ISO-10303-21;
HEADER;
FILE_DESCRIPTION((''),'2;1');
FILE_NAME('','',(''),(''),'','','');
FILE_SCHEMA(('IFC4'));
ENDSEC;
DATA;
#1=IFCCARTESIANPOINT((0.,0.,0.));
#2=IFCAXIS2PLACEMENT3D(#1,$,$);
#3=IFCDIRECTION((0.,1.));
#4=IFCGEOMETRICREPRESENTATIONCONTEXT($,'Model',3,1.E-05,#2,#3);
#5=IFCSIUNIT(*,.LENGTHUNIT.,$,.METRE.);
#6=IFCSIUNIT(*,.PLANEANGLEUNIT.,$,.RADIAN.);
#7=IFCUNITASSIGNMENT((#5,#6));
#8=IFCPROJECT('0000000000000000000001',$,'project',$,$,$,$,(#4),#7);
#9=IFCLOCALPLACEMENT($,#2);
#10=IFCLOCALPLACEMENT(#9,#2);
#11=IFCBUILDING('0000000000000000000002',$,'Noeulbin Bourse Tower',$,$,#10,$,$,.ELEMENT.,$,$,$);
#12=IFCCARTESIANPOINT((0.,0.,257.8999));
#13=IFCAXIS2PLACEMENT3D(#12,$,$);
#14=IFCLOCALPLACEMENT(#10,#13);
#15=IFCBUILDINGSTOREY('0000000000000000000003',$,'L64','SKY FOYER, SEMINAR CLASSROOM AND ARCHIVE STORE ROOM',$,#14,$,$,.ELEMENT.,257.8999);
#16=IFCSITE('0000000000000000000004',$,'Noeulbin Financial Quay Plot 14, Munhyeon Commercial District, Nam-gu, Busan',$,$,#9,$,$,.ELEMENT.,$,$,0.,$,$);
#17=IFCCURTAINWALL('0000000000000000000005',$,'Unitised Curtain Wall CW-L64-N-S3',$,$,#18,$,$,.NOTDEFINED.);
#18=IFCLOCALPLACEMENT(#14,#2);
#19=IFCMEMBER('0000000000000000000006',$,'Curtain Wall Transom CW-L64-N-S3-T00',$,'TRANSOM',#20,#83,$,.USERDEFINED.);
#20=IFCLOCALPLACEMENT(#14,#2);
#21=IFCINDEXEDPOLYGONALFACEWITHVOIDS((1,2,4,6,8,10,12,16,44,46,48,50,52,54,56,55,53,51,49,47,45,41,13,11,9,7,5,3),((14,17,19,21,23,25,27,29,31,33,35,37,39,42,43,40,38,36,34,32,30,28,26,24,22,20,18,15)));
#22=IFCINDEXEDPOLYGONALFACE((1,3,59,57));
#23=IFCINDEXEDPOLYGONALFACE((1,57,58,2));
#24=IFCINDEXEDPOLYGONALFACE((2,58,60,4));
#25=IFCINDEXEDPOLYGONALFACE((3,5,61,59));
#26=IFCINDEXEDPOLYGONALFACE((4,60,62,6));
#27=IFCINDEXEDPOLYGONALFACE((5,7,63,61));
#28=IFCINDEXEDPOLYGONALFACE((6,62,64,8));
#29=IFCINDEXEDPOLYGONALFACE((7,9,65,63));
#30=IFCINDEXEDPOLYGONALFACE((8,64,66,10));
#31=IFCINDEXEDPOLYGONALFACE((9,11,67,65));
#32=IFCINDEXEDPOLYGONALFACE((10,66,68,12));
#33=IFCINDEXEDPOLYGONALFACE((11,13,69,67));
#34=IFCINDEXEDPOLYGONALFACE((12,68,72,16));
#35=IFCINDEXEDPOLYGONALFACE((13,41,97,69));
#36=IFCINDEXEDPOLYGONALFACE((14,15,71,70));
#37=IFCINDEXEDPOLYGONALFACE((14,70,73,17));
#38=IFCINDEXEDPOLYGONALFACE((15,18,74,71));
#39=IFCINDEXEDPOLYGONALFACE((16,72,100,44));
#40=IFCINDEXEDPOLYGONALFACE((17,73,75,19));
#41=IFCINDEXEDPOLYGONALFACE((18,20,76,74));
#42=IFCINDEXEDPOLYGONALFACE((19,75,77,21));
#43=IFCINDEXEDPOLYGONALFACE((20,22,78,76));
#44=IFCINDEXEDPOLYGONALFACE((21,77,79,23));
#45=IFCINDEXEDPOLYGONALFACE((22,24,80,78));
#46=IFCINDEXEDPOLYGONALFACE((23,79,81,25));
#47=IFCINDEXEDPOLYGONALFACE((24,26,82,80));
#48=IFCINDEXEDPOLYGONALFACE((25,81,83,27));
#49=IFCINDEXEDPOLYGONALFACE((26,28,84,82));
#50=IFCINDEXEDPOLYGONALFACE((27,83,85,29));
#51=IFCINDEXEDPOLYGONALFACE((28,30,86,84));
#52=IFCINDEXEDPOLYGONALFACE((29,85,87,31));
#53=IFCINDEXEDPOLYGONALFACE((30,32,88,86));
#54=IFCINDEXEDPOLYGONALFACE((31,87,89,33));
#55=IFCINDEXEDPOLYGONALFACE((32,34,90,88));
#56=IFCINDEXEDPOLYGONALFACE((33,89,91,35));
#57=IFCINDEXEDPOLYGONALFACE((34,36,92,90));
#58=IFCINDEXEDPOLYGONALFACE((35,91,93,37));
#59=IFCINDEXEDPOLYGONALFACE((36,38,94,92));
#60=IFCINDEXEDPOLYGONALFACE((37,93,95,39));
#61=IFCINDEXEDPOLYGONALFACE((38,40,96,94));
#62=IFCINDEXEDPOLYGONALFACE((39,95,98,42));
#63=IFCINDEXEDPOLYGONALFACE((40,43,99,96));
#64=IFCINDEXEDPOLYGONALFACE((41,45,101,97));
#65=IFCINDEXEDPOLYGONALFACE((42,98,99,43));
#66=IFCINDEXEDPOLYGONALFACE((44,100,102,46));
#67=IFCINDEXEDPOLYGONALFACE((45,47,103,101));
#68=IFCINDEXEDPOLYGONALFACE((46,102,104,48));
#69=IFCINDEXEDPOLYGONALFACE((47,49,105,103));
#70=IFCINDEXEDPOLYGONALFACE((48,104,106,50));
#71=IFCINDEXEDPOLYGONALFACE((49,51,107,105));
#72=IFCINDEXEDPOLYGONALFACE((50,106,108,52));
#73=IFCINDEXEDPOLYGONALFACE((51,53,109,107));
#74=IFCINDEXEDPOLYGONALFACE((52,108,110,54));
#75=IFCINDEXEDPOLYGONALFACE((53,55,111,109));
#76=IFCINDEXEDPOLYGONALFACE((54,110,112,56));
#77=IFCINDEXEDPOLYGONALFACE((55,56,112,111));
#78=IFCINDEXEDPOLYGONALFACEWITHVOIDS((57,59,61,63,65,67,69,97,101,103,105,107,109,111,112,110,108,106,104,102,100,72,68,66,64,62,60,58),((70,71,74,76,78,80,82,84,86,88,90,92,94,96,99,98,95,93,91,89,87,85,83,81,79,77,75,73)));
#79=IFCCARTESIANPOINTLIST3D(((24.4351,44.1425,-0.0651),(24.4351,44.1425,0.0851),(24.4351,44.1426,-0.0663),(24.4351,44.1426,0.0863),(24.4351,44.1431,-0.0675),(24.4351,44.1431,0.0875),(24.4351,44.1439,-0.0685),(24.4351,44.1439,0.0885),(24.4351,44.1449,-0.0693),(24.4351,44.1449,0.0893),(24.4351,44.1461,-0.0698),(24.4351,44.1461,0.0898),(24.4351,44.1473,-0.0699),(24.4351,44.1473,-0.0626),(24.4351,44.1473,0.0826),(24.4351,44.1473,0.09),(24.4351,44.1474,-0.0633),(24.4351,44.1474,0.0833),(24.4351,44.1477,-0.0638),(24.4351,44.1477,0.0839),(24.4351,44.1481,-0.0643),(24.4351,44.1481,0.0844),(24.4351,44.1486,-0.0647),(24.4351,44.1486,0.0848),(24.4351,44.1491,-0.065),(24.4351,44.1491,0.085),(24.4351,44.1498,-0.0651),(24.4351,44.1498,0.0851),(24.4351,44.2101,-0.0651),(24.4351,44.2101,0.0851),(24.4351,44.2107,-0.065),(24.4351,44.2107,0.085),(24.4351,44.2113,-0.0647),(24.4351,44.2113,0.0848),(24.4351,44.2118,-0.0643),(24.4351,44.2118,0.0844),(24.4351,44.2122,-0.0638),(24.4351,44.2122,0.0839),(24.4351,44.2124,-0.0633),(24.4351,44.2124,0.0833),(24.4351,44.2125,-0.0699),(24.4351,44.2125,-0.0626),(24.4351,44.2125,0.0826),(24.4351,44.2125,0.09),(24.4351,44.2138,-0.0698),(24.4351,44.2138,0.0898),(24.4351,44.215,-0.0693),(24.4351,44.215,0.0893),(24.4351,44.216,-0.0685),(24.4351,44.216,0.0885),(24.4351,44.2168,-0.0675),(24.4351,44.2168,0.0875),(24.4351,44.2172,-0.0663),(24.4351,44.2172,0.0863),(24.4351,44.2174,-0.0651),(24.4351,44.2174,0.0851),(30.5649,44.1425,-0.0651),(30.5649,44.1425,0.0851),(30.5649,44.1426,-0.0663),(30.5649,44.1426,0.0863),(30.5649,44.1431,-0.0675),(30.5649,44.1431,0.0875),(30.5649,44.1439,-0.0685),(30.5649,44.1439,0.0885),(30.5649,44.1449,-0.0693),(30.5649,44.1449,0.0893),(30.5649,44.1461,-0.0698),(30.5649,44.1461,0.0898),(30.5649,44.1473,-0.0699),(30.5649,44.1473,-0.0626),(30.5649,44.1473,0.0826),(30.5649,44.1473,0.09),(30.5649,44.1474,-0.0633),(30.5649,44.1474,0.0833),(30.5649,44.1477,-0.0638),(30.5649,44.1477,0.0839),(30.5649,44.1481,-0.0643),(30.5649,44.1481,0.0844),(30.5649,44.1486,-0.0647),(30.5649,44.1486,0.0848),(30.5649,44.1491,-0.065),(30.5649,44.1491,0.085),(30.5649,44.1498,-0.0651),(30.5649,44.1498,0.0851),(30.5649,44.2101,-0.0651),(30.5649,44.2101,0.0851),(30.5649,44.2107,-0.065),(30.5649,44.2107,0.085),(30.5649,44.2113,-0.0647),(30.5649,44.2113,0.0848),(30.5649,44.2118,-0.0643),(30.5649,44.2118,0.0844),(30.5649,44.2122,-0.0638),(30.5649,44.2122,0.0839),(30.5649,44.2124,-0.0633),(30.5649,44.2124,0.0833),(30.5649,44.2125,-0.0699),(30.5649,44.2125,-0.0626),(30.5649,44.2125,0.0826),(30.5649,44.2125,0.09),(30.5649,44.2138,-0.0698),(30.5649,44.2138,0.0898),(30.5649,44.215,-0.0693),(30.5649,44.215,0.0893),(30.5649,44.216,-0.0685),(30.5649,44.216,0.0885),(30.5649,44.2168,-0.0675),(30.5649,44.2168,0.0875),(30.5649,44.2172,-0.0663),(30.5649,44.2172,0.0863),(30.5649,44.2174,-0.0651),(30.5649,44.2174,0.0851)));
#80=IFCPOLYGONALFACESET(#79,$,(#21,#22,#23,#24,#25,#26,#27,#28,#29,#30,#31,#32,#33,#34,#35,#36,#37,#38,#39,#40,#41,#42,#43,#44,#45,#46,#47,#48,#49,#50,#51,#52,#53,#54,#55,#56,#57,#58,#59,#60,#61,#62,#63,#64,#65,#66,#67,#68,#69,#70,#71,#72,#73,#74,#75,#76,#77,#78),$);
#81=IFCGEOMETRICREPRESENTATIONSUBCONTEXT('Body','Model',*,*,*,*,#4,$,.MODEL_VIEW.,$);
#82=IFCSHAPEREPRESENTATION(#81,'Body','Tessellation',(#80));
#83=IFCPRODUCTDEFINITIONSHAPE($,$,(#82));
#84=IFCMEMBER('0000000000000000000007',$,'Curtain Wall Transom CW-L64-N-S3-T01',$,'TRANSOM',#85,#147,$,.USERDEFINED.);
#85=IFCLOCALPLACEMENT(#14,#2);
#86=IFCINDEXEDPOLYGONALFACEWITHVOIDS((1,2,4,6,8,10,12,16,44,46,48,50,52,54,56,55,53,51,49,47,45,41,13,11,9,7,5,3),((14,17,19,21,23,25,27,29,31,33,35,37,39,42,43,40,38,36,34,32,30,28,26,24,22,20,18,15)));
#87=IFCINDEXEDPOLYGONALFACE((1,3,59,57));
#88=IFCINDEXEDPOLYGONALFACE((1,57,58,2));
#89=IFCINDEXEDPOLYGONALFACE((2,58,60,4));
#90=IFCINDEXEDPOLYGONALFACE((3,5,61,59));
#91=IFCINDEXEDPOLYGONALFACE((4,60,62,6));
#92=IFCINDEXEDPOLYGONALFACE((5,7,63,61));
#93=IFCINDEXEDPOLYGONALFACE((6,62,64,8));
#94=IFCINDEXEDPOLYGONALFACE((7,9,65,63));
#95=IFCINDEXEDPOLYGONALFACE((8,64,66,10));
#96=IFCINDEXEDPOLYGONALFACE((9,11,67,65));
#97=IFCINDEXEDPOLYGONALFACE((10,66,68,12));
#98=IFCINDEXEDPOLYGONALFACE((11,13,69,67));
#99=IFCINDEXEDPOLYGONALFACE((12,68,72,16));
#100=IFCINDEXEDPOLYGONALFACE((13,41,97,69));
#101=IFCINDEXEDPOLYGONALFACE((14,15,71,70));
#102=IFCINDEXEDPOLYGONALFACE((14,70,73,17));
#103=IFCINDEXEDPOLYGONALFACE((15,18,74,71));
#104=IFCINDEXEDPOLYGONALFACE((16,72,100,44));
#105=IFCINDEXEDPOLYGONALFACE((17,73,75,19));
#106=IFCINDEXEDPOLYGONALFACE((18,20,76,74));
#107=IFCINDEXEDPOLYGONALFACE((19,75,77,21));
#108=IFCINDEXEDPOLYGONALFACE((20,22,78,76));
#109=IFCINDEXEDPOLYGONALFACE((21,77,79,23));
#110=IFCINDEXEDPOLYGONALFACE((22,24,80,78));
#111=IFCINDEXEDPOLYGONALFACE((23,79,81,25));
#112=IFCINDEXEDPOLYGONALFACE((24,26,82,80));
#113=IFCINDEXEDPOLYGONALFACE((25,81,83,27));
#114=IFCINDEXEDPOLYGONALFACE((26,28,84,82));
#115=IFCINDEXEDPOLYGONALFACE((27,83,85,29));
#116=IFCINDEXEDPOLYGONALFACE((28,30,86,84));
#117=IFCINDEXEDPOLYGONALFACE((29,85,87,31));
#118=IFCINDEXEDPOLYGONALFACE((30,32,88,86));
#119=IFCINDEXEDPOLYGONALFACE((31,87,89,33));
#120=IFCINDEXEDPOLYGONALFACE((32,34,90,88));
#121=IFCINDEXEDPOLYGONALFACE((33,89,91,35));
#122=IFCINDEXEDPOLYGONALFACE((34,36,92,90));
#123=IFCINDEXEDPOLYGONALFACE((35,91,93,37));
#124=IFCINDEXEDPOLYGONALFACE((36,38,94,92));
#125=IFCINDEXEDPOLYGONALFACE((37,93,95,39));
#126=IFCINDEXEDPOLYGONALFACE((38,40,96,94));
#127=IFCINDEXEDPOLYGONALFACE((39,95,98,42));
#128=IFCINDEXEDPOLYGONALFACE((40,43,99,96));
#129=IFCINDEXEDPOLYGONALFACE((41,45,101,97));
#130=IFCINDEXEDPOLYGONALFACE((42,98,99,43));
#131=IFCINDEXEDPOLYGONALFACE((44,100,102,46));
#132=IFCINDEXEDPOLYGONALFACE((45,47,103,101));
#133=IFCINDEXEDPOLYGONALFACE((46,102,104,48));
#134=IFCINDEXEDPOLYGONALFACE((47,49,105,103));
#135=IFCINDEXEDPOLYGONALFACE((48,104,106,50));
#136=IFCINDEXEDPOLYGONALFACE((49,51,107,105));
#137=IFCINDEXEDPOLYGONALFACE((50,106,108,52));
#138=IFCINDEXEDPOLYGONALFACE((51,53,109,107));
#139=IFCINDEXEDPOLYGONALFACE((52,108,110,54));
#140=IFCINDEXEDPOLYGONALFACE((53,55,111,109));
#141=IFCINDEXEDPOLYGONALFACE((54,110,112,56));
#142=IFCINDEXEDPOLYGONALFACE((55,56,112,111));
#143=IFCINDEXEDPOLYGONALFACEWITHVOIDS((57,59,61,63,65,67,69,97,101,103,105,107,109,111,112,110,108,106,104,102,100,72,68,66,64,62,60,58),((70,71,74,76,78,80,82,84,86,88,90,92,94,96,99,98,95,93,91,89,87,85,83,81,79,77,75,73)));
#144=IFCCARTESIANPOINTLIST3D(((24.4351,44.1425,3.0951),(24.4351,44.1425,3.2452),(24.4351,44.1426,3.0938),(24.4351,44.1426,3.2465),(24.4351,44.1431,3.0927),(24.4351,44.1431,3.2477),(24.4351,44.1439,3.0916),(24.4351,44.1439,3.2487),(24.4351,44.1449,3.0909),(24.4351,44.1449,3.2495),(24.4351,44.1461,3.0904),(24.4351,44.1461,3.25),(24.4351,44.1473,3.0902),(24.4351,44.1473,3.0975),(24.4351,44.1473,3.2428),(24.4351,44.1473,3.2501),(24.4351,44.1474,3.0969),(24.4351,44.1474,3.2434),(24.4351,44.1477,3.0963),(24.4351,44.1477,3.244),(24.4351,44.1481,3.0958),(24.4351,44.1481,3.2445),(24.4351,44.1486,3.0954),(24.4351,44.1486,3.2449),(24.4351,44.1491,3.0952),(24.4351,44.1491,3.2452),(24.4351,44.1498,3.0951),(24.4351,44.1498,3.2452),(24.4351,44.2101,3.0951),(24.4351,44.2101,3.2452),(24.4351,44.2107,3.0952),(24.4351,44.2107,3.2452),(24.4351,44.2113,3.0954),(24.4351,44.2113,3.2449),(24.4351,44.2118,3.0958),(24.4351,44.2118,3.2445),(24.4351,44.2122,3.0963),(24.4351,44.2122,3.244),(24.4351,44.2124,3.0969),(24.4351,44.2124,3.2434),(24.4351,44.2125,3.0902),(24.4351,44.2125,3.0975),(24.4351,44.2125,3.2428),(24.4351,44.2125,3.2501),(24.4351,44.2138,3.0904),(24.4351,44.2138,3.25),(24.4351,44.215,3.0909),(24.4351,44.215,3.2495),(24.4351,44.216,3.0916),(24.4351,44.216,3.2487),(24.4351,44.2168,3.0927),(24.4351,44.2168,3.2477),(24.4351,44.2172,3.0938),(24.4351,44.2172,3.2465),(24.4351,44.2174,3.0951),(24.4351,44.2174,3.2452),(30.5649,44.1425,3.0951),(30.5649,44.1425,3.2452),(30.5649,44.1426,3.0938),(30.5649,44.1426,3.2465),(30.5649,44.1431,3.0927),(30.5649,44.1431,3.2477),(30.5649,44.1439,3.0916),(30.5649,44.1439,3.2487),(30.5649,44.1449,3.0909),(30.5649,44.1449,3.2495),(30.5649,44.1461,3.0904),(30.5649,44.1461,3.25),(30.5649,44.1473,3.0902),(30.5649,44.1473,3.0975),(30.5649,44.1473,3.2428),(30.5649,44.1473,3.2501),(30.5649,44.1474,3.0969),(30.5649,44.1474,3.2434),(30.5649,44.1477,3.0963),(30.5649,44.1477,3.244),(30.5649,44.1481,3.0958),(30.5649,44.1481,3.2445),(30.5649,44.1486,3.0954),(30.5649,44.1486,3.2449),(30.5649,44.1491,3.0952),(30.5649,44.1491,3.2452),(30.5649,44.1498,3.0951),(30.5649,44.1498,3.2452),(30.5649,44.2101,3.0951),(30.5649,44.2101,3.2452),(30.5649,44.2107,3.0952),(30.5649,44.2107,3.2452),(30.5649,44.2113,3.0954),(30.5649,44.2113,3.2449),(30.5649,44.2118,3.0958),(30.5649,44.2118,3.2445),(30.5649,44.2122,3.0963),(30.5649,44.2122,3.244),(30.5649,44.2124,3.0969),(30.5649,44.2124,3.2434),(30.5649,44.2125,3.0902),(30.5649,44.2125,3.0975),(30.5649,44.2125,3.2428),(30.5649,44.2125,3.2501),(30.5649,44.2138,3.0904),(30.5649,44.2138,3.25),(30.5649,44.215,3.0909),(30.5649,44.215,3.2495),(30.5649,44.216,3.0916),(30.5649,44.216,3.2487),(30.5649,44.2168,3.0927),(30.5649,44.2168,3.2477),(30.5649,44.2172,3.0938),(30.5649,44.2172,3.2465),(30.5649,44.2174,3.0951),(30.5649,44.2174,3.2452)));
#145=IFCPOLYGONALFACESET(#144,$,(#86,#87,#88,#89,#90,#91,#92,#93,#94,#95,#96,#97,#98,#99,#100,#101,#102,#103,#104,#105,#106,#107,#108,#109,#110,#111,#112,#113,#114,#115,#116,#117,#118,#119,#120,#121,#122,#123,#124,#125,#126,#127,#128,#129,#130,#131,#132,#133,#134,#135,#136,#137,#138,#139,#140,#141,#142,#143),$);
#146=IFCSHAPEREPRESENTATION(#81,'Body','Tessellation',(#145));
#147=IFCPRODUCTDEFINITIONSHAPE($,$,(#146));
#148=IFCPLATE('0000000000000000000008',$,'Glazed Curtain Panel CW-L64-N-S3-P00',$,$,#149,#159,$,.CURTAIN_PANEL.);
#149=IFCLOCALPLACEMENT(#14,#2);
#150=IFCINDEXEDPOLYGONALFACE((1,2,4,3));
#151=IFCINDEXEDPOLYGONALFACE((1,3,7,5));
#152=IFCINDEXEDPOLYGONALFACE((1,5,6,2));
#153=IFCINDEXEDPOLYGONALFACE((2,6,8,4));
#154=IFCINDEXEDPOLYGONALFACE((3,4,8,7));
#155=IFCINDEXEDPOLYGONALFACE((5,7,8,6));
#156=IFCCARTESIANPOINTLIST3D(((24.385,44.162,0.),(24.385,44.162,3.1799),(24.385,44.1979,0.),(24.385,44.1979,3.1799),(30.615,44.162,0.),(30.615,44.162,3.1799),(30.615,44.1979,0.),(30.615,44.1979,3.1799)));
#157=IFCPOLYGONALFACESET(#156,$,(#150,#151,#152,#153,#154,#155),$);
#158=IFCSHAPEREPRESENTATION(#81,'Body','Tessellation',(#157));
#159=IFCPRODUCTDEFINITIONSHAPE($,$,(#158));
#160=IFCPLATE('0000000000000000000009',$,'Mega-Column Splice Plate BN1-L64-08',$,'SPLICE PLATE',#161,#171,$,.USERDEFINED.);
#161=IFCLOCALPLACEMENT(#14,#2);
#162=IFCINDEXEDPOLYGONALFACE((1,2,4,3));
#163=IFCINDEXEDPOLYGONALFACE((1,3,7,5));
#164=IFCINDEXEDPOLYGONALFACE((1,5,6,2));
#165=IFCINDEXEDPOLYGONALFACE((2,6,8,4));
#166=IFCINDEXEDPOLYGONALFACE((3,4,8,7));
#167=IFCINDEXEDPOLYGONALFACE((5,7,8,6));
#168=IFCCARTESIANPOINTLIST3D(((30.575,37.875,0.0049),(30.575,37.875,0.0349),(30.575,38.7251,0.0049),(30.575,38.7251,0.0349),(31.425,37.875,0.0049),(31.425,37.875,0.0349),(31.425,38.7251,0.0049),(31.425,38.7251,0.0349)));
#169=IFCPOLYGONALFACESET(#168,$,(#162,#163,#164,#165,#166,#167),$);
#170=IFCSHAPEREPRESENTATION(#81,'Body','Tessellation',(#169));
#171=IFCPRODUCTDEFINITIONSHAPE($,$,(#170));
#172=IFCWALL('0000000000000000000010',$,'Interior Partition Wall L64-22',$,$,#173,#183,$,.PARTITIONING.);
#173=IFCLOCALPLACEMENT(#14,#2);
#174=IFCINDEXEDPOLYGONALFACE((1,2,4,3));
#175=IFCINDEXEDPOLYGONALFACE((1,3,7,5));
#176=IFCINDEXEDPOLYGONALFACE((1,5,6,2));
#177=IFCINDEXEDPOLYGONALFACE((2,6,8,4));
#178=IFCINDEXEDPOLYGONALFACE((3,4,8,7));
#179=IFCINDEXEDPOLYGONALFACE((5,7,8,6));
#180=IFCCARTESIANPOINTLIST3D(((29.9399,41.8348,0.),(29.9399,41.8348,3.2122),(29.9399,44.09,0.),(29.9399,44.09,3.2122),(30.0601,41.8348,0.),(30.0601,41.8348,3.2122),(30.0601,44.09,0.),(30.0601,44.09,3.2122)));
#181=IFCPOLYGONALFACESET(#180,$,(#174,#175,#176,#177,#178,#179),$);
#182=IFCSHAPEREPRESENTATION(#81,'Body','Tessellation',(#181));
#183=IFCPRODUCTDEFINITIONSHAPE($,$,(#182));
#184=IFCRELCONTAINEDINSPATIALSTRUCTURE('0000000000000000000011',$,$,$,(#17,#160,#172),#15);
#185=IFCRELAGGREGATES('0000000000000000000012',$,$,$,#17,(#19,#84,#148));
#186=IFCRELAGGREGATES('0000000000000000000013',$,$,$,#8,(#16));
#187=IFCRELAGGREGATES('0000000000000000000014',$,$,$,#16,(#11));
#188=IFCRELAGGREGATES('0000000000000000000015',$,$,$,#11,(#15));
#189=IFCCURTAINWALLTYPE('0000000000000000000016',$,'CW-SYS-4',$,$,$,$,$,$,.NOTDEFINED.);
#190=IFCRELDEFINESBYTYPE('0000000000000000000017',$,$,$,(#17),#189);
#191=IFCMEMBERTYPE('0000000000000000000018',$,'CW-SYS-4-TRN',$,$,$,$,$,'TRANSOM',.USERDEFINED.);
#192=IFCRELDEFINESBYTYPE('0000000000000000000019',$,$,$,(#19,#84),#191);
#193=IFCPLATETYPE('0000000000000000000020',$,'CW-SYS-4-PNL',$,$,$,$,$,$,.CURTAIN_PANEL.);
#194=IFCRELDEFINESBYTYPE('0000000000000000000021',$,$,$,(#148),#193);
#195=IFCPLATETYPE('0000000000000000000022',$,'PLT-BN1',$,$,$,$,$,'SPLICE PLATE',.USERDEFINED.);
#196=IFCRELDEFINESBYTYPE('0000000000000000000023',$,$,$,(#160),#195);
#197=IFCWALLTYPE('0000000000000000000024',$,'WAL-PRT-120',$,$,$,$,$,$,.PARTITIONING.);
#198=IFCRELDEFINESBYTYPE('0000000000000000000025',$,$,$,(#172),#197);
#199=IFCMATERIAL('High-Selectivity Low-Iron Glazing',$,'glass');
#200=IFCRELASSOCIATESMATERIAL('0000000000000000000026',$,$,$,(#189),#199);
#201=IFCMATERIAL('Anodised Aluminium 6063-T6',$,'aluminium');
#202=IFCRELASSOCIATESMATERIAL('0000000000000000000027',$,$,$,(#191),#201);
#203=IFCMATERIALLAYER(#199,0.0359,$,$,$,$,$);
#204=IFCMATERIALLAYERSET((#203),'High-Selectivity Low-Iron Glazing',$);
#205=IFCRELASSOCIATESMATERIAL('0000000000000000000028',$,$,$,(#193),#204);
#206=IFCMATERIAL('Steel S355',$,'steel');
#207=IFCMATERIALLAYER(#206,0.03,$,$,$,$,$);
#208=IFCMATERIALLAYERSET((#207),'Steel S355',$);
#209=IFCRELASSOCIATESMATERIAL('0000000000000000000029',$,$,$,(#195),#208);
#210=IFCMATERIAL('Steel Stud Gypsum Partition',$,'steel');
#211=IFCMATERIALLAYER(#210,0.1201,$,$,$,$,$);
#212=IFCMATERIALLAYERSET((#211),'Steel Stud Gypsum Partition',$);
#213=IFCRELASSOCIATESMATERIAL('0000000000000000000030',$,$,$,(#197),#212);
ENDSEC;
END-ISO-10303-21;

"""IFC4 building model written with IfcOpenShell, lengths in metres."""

from ifc_helpers import new_model, si_unit, direction, frame, frame_2d, origin, origin_2d, place, context, subcontext, project, spatial, rectangle, hollow_rectangle, extrude, material, layer, layer_set, material_profile, profile_set, type_object, element, aggregate, save


model = new_model("IFC4")

# Units and contexts
model_context = context("Model", 3, precision=1e-05, world=origin(), true_north=direction((0.0, 1.0)))
body_context = subcontext(model_context, "Body", "Model", "MODEL_VIEW")
ifc_project = project(units=[si_unit("LENGTHUNIT", "METRE"), si_unit("PLANEANGLEUNIT", "RADIAN")], contexts=[model_context])

# Site, building, storey
site_placement = place(None, origin())
site = spatial("IfcSite", under=ifc_project, at=site_placement, Name="Noeulbin Financial Quay Plot 14, Munhyeon Commercial District, Nam-gu, Busan", CompositionType="ELEMENT", RefElevation=0.0)
building_placement = place(site_placement, origin())
building = spatial("IfcBuilding", under=site, at=building_placement, Name="Noeulbin Bourse Tower", CompositionType="ELEMENT")
storey_placement = place(building_placement, frame((0.0, 0.0, 257.8999)))
storey = spatial("IfcBuildingStorey", under=building, at=storey_placement, Name="L64", Description="SKY FOYER, SEMINAR CLASSROOM AND ARCHIVE STORE ROOM", CompositionType="ELEMENT", Elevation=257.8999)

# Shared definitions
ifc_material_1 = material(Name="Steel S355", Category="steel")

# Curtain wall, members, plate
ifc_material_2 = material(Name="High-Selectivity Low-Iron Glazing", Category="glass")
curtain_wall_type = type_object("IfcCurtainWallType", Name="CW-SYS-4", PredefinedType="NOTDEFINED", material=ifc_material_2)
curtain_wall_placement = place(storey_placement, origin())
curtain_wall = element("IfcCurtainWall", 1, at=curtain_wall_placement, inside=storey, type_object=curtain_wall_type, Name="Unitised Curtain Wall CW-L64-N-S3", PredefinedType="NOTDEFINED")
ifc_material_3 = material(Name="Anodised Aluminium 6063-T6", Category="aluminium")
ifc_material_profile_1 = material_profile(ifc_material_3, hollow_rectangle(XDim=0.075, YDim=0.1599, WallThickness=0.0049, InnerFilletRadius=0.0024, OuterFilletRadius=0.0049, at=origin_2d()), Name="ALU-TRAN-75x160x5", Category="LoadBearing")
ifc_profile_set_1 = profile_set([ifc_material_profile_1], Name="Anodised Aluminium 6063-T6")
member_type_1 = type_object("IfcMemberType", Name="CW-SYS-4-TRN", ElementType="TRANSOM", PredefinedType="USERDEFINED", material=ifc_profile_set_1)
member_1_placement = place(storey_placement, frame((24.4351, 44.1799, 0.01), z_axis=(1.0, 0.0, 0.0), x_axis=(0.0, 1.0, 0.0)))
member_1 = element("IfcMember", 2, at=member_1_placement, type_object=member_type_1, Name="Curtain Wall Transom CW-L64-N-S3-T00", ObjectType="TRANSOM", PredefinedType="USERDEFINED", context=body_context, shape_type="SweptSolid", body=[
    extrude(hollow_rectangle(XDim=0.075, YDim=0.1599, WallThickness=0.0049, InnerFilletRadius=0.0024, OuterFilletRadius=0.0049, at=origin_2d()), origin(), (0.0, 0.0, 1.0), 6.1299),
])
member_2_placement = place(storey_placement, frame((24.4351, 44.1799, 3.1702), z_axis=(1.0, 0.0, 0.0), x_axis=(0.0, 1.0, 0.0)))
member_2 = element("IfcMember", 3, at=member_2_placement, type_object=member_type_1, Name="Curtain Wall Transom CW-L64-N-S3-T01", ObjectType="TRANSOM", PredefinedType="USERDEFINED", context=body_context, shape_type="SweptSolid", body=[
    extrude(hollow_rectangle(XDim=0.075, YDim=0.1599, WallThickness=0.0049, InnerFilletRadius=0.0024, OuterFilletRadius=0.0049, at=origin_2d()), origin(), (0.0, 0.0, 1.0), 6.1299),
])
ifc_layer_1 = layer(ifc_material_2, 0.0359)
ifc_layer_set_1 = layer_set([ifc_layer_1], Name="High-Selectivity Low-Iron Glazing")
plate_type_1 = type_object("IfcPlateType", Name="CW-SYS-4-PNL", PredefinedType="CURTAIN_PANEL", material=ifc_layer_set_1)
plate_1_placement = place(storey_placement, frame((27.5, 44.1799, 0.0), z_axis=(0.0, 0.0, 1.0), x_axis=(1.0, 0.0, 0.0)))
plate_1 = element("IfcPlate", 4, at=plate_1_placement, type_object=plate_type_1, Name="Glazed Curtain Panel CW-L64-N-S3-P00", PredefinedType="CURTAIN_PANEL", context=body_context, shape_type="SweptSolid", body=[
    extrude(rectangle(XDim=6.23, YDim=0.0359, at=origin_2d()), origin(), (0.0, 0.0, 1.0), 3.1799),
])
aggregate(curtain_wall, [member_1, member_2, plate_1])

# Plate
ifc_layer_2 = layer(ifc_material_1, 0.03)
ifc_layer_set_2 = layer_set([ifc_layer_2], Name="Steel S355")
plate_type_2 = type_object("IfcPlateType", Name="PLT-BN1", ElementType="SPLICE PLATE", PredefinedType="USERDEFINED", material=ifc_layer_set_2)
plate_2_placement = place(storey_placement, frame((31.0, 38.3, 0.0049), z_axis=(0.0, 0.0, 1.0), x_axis=(1.0, 0.0, 0.0)))
element("IfcPlate", 5, at=plate_2_placement, inside=storey, type_object=plate_type_2, Name="Mega-Column Splice Plate BN1-L64-08", ObjectType="SPLICE PLATE", PredefinedType="USERDEFINED", context=body_context, shape_type="SweptSolid", body=[
    extrude(rectangle(XDim=0.8501, YDim=0.8501, at=origin_2d()), origin(), (0.0, 0.0, 1.0), 0.03),
])

# Wall
ifc_material_4 = material(Name="Steel Stud Gypsum Partition", Category="steel")
ifc_layer_3 = layer(ifc_material_4, 0.1201)
ifc_layer_set_3 = layer_set([ifc_layer_3], Name="Steel Stud Gypsum Partition")
wall_type = type_object("IfcWallType", Name="WAL-PRT-120", PredefinedType="PARTITIONING", material=ifc_layer_set_3)
wall_placement = place(storey_placement, frame((30.0, 41.835, 0.0), z_axis=(0.0, 0.0, 1.0), x_axis=(0.0, 1.0, 0.0)))
element("IfcWall", 6, at=wall_placement, inside=storey, type_object=wall_type, Name="Interior Partition Wall L64-22", PredefinedType="PARTITIONING", context=body_context, shape_type="SweptSolid", body=[
    extrude(rectangle(XDim=2.2551, YDim=0.1201, at=frame_2d((1.1274, 0.0))), origin(), (0.0, 0.0, 1.0), 3.2122),
])

save(model, "model.ifc")
